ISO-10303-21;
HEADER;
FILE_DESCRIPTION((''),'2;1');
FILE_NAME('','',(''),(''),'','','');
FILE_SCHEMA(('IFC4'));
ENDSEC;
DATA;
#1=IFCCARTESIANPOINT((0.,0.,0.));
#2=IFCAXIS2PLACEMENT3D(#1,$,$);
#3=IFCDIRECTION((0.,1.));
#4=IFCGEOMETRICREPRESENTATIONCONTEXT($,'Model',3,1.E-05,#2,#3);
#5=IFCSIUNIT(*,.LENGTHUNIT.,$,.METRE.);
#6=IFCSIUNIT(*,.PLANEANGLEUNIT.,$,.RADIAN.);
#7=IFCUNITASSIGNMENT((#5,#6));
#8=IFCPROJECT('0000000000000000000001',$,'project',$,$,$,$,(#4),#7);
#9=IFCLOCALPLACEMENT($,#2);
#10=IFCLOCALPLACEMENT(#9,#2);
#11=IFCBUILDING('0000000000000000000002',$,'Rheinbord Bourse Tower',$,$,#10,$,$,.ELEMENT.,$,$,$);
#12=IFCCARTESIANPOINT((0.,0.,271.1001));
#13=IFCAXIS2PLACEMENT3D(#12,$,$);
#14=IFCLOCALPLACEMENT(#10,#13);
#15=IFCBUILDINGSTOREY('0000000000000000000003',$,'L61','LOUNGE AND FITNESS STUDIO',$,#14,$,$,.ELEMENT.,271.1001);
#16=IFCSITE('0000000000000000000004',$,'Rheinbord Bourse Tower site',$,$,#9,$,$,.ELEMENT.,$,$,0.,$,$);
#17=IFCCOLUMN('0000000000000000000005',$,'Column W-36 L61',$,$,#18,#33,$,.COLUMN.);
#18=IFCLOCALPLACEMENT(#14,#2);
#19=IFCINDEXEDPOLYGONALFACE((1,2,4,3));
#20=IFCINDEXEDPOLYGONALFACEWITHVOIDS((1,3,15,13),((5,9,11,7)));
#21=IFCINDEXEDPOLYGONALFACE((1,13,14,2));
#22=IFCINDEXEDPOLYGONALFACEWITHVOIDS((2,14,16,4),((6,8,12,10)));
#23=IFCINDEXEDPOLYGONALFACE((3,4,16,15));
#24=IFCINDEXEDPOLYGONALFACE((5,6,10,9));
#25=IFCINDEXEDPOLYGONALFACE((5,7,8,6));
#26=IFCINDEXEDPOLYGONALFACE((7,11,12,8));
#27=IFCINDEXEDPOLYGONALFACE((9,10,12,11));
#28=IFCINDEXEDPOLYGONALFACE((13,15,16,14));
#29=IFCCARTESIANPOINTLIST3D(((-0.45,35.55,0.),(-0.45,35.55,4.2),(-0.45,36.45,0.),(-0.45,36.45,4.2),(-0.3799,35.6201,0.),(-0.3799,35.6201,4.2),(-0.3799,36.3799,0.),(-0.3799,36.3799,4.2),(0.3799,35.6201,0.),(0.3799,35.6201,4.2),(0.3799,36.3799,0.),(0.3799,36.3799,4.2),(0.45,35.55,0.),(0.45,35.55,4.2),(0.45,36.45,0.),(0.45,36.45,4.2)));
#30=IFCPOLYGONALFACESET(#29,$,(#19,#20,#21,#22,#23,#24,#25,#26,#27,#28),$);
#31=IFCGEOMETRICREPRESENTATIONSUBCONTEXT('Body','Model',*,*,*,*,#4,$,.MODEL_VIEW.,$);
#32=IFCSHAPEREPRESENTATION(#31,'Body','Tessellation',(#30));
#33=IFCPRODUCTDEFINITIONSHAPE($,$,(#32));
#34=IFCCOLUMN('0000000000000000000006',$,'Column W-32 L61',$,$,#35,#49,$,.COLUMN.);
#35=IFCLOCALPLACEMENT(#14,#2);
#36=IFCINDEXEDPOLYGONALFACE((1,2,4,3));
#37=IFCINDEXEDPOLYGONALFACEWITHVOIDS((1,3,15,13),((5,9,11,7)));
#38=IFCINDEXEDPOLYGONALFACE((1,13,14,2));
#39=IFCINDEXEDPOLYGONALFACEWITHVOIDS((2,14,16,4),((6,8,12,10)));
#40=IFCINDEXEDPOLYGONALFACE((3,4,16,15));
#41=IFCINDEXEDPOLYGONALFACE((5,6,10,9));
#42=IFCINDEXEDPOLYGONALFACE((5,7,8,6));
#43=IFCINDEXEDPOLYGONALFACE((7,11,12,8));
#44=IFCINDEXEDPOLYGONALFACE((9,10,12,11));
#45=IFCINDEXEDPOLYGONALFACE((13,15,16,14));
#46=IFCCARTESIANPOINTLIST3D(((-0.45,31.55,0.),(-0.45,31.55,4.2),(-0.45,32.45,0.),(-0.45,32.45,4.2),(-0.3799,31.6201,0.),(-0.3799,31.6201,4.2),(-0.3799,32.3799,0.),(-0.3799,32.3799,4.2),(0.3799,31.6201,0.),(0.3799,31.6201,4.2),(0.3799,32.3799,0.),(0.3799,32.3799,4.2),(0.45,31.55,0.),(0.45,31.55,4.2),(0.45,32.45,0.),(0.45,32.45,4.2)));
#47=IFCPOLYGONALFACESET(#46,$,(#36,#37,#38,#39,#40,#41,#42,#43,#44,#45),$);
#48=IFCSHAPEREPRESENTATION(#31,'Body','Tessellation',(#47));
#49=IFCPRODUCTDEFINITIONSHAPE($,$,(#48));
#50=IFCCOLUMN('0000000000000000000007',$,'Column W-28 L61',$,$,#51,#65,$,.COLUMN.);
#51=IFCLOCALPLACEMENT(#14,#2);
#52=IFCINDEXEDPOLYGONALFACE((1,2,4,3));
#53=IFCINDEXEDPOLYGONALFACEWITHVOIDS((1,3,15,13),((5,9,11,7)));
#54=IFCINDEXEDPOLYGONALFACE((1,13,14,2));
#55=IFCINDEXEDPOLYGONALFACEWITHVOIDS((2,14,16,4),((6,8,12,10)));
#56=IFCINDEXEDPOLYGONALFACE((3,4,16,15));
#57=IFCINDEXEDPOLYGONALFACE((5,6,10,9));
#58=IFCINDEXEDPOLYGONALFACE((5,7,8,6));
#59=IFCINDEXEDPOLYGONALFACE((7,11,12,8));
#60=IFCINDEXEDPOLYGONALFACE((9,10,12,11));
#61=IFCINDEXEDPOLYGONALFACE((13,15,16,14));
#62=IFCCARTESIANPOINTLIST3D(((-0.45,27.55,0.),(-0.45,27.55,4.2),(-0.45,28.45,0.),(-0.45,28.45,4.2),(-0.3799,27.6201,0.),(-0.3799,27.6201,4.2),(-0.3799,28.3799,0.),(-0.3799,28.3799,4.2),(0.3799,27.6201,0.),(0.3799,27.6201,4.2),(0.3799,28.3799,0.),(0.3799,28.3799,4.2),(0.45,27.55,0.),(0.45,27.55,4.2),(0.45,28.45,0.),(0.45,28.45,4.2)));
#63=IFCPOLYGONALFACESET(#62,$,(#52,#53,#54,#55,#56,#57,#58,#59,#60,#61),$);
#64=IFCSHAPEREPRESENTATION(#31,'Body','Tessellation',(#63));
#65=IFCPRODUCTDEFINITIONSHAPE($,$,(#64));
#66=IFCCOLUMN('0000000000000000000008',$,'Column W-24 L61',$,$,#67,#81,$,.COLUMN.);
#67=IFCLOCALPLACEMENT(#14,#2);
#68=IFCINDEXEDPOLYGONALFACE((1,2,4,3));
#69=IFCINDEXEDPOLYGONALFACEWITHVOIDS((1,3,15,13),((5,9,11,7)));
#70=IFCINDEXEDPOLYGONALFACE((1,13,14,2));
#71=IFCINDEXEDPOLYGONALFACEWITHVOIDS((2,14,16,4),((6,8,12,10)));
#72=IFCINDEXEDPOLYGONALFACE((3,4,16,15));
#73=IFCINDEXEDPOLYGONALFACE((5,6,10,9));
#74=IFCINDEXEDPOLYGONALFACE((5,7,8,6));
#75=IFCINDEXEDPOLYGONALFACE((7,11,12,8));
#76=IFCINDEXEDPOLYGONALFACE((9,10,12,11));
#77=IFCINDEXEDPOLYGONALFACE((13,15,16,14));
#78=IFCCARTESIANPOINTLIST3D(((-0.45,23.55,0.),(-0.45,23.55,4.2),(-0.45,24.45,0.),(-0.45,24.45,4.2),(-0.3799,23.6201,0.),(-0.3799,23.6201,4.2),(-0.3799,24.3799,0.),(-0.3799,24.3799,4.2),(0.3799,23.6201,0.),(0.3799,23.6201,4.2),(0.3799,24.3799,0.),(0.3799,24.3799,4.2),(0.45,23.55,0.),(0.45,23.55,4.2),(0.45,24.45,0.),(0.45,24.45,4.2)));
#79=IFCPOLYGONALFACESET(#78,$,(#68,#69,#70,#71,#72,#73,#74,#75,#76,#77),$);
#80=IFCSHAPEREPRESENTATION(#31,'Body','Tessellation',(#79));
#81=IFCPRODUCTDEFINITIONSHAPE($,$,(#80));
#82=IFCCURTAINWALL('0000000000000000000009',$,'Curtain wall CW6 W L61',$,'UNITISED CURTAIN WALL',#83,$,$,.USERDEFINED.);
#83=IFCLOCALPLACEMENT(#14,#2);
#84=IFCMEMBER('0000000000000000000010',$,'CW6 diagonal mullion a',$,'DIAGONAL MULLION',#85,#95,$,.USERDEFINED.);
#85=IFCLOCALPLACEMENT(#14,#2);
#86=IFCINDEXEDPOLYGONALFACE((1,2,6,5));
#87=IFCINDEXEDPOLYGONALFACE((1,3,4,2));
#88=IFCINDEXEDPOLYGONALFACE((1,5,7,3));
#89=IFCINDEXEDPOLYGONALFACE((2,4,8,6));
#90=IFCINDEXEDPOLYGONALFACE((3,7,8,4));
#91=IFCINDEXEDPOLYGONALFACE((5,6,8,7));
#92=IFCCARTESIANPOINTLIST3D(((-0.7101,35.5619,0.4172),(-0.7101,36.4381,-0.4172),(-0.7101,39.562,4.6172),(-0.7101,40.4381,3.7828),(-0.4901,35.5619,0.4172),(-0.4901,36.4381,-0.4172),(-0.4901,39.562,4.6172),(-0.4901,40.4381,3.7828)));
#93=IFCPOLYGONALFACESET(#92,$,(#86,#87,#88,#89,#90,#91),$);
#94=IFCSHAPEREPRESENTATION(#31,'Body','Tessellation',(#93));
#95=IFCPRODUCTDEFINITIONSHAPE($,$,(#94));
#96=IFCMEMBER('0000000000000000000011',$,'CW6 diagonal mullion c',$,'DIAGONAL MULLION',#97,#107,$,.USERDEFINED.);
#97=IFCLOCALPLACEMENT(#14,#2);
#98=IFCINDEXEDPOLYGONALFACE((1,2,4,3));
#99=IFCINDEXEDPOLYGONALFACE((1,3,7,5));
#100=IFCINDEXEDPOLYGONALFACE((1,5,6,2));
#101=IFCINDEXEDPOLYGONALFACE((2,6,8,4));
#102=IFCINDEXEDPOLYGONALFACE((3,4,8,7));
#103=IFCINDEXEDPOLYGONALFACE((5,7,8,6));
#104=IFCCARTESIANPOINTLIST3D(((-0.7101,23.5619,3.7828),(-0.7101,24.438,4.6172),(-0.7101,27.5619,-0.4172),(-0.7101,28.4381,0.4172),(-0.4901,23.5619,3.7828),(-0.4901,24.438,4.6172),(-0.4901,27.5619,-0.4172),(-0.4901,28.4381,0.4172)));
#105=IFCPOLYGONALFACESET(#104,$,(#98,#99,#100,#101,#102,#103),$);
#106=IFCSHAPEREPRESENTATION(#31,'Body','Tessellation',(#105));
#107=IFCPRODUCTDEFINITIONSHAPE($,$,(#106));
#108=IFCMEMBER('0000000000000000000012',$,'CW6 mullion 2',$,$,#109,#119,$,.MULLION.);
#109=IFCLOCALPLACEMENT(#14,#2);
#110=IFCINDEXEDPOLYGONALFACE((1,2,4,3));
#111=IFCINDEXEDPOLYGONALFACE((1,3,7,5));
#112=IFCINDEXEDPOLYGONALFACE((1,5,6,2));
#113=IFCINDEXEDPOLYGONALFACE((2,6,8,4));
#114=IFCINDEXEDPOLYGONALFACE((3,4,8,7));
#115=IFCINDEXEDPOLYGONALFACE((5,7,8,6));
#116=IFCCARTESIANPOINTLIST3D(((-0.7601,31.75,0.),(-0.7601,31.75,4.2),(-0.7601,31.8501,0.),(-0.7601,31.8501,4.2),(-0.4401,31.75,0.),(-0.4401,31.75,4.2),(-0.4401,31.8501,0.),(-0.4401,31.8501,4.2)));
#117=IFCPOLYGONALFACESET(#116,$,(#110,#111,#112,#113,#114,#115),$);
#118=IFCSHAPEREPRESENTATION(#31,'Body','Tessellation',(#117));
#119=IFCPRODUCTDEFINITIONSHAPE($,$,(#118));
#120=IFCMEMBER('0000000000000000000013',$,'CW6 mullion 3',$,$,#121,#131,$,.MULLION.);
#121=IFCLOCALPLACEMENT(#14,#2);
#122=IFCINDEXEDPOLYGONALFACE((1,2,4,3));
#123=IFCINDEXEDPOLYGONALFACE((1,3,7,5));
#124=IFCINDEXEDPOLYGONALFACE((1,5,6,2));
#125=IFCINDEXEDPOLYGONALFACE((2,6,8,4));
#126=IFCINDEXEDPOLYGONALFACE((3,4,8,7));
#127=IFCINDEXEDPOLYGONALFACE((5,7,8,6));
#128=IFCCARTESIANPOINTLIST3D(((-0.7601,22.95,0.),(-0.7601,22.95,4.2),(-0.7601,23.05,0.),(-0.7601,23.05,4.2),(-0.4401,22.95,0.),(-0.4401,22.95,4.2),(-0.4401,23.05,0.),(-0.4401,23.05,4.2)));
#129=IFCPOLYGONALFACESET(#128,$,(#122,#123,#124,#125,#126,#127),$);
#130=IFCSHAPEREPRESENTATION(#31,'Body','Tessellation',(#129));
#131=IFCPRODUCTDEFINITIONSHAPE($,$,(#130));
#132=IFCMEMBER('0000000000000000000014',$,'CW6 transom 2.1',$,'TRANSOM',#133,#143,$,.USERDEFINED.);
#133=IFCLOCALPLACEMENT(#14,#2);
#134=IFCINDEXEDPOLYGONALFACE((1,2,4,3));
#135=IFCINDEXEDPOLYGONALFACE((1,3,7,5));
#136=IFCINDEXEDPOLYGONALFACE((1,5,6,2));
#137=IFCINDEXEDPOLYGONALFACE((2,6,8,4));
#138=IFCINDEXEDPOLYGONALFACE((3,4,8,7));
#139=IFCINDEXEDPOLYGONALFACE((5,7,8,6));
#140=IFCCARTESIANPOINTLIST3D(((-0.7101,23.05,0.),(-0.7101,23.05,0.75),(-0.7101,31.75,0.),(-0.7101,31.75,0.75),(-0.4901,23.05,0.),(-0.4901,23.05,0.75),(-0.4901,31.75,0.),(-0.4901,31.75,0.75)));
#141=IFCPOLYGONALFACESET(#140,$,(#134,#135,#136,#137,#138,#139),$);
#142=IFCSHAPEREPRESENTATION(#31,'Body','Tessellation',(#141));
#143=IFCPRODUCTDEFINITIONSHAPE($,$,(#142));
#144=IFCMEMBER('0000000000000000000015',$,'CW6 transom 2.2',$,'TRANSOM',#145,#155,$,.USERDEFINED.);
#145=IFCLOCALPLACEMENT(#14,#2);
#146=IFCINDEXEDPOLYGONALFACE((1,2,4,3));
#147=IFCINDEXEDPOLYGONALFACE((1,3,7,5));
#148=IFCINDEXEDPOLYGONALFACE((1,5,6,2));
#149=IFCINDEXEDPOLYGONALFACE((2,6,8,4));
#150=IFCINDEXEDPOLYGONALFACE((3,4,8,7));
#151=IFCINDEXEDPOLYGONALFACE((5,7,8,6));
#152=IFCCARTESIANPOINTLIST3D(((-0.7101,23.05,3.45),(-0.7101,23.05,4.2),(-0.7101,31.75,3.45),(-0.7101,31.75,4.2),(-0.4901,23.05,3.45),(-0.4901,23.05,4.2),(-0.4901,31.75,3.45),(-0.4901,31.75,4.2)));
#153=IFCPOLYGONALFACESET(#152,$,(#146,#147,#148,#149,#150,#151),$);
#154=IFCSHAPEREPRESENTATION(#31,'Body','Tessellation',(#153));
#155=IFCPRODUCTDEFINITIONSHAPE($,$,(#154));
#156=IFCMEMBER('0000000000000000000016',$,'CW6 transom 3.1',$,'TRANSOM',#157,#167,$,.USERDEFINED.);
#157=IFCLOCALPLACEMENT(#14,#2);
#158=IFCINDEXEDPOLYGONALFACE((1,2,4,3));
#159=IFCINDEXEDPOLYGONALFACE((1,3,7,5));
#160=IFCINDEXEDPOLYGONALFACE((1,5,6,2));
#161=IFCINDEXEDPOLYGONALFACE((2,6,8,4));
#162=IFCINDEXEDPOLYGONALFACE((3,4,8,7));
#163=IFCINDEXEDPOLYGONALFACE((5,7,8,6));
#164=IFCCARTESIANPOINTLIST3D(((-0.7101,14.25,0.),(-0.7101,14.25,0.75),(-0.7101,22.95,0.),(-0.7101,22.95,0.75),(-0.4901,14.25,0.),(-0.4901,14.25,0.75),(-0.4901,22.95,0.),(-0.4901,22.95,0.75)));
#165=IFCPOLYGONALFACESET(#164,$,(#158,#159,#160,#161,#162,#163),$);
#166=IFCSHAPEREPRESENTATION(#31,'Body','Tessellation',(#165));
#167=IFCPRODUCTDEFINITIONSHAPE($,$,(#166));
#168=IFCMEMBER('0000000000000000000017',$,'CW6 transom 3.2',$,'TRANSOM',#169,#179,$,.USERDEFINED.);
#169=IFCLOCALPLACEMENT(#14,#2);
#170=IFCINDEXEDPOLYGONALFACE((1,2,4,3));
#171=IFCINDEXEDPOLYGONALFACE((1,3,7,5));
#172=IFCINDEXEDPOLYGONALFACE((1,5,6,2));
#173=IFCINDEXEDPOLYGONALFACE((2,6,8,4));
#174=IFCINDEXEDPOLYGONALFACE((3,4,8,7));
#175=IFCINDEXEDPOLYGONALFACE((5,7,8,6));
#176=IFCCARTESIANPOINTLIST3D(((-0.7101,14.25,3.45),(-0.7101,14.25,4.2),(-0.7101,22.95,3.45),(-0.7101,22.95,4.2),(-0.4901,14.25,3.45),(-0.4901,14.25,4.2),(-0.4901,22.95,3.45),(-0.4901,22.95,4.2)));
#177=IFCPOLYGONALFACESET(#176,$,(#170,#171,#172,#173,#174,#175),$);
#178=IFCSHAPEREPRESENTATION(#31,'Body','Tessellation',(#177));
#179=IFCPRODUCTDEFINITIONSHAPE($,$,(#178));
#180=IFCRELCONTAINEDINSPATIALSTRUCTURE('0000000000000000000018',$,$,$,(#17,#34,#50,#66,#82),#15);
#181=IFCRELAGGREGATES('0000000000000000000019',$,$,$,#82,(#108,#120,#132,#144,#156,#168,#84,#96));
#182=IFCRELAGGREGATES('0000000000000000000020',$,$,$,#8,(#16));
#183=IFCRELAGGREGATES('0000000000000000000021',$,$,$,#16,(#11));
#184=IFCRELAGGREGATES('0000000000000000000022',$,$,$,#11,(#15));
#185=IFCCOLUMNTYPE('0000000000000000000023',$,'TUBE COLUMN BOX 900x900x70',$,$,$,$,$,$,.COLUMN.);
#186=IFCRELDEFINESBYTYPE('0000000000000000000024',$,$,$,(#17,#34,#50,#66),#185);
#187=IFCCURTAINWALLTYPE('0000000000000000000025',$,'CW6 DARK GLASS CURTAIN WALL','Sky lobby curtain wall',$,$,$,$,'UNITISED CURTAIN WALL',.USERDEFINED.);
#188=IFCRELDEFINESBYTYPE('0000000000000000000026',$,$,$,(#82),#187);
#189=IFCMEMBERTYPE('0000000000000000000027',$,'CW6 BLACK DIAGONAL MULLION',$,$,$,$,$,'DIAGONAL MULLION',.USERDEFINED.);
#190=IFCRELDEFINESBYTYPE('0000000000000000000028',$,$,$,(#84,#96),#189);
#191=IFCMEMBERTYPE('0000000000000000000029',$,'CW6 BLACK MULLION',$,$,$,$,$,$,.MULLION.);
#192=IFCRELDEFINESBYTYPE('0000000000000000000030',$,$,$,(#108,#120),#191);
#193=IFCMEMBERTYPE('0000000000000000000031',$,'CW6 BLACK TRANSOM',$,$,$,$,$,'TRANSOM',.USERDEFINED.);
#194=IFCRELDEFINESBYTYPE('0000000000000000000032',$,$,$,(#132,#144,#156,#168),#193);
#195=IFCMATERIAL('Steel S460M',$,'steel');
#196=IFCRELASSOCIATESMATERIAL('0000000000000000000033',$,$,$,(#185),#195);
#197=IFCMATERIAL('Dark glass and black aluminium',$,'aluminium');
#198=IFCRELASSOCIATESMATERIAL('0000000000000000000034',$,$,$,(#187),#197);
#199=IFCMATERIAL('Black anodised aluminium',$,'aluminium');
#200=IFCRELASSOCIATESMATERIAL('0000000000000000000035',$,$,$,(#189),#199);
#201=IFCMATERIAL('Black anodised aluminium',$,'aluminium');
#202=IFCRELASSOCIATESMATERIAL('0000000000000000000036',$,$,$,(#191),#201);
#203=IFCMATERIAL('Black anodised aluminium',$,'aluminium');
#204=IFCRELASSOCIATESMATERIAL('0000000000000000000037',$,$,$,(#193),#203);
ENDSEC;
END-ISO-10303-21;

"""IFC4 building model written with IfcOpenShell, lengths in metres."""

from ifc_helpers import new_model, si_unit, direction, frame, origin, origin_2d, place, context, subcontext, project, spatial, rectangle, hollow_rectangle, extrude, material, material_profile, profile_set, type_object, element, aggregate, save


model = new_model("IFC4")

# Units and contexts
model_context = context("Model", 3, precision=1e-05, world=origin(), true_north=direction((0.0, 1.0)))
body_context = subcontext(model_context, "Body", "Model", "MODEL_VIEW")
ifc_project = project(units=[si_unit("LENGTHUNIT", "METRE"), si_unit("PLANEANGLEUNIT", "RADIAN")], contexts=[model_context])

# Site, building, storey
site_placement = place(None, origin())
site = spatial("IfcSite", under=ifc_project, at=site_placement, Name="Rheinbord Bourse Tower site", CompositionType="ELEMENT", RefElevation=0.0)
building_placement = place(site_placement, origin())
building = spatial("IfcBuilding", under=site, at=building_placement, Name="Rheinbord Bourse Tower", CompositionType="ELEMENT")
storey_placement = place(building_placement, frame((0.0, 0.0, 271.1001)))
storey = spatial("IfcBuildingStorey", under=building, at=storey_placement, Name="L61", Description="LOUNGE AND FITNESS STUDIO", CompositionType="ELEMENT", Elevation=271.1001)

# Columns
ifc_material_1 = material(Name="Steel S460M", Category="steel")
ifc_material_profile_1 = material_profile(ifc_material_1, hollow_rectangle(XDim=0.8999, YDim=0.8999, WallThickness=0.0701, at=origin_2d()), Name="BOX 900x900x70")
ifc_profile_set_1 = profile_set([ifc_material_profile_1], Name="Steel S460M")
column_type = type_object("IfcColumnType", Name="TUBE COLUMN BOX 900x900x70", PredefinedType="COLUMN", material=ifc_profile_set_1)
for number, where, z_axis, x_axis, name in (
    (1, (0.0, 36.0, 0.0), (0.0, 0.0, 1.0), (1.0, 0.0, 0.0), "Column W-36 L61"),
    (2, (0.0, 32.0, 0.0), (0.0, 0.0, 1.0), (1.0, 0.0, 0.0), "Column W-32 L61"),
    (3, (0.0, 28.0, 0.0), (0.0, 0.0, 1.0), (1.0, 0.0, 0.0), "Column W-28 L61"),
    (4, (0.0, 24.0, 0.0), (0.0, 0.0, 1.0), (1.0, 0.0, 0.0), "Column W-24 L61"),
):
    element("IfcColumn", number, at=place(storey_placement, frame(where, z_axis=z_axis, x_axis=x_axis)), inside=storey, type_object=column_type, Name=name, PredefinedType="COLUMN", context=body_context, shape_type="SweptSolid", body=[
        extrude(hollow_rectangle(XDim=0.8999, YDim=0.8999, WallThickness=0.0701, at=origin_2d()), origin(), (0.0, 0.0, 1.0), 4.2),
    ])

# Curtain wall, members
ifc_material_2 = material(Name="Dark glass and black aluminium", Category="aluminium")
curtain_wall_type = type_object("IfcCurtainWallType", Name="CW6 DARK GLASS CURTAIN WALL", Description="Sky lobby curtain wall", ElementType="UNITISED CURTAIN WALL", PredefinedType="USERDEFINED", material=ifc_material_2)
curtain_wall_placement = place(storey_placement, origin())
curtain_wall = element("IfcCurtainWall", 5, at=curtain_wall_placement, inside=storey, type_object=curtain_wall_type, Name="Curtain wall CW6 W L61", ObjectType="UNITISED CURTAIN WALL", PredefinedType="USERDEFINED")
ifc_material_3 = material(Name="Black anodised aluminium", Category="aluminium")
ifc_material_profile_2 = material_profile(ifc_material_3, rectangle(XDim=0.22, YDim=1.21, at=origin_2d()), Name="CW6 DIAGONAL MULLION 1210x220")
ifc_profile_set_2 = profile_set([ifc_material_profile_2], Name="Black anodised aluminium")
member_type_1 = type_object("IfcMemberType", Name="CW6 BLACK DIAGONAL MULLION", ElementType="DIAGONAL MULLION", PredefinedType="USERDEFINED", material=ifc_profile_set_2)
member_1_placement = place(storey_placement, frame((-0.6001, 36.0, 0.0), z_axis=(0.0, 0.689659, 0.724134), x_axis=(-1.0, 0.0, 0.0)))
member_1 = element("IfcMember", 6, at=member_1_placement, type_object=member_type_1, Name="CW6 diagonal mullion a", ObjectType="DIAGONAL MULLION", PredefinedType="USERDEFINED", context=body_context, shape_type="SweptSolid", body=[
    extrude(rectangle(XDim=0.22, YDim=1.21, at=origin_2d()), origin(), (0.0, 0.0, 1.0), 5.8),
])
member_2_placement = place(storey_placement, frame((-0.6001, 28.0, 0.0), z_axis=(0.0, -0.689659, 0.724134), x_axis=(1.0, 0.0, 0.0)))
member_2 = element("IfcMember", 7, at=member_2_placement, type_object=member_type_1, Name="CW6 diagonal mullion c", ObjectType="DIAGONAL MULLION", PredefinedType="USERDEFINED", context=body_context, shape_type="SweptSolid", body=[
    extrude(rectangle(XDim=0.22, YDim=1.21, at=origin_2d()), origin(), (0.0, 0.0, 1.0), 5.8),
])
ifc_material_4 = material(Name="Black anodised aluminium", Category="aluminium")
ifc_material_profile_3 = material_profile(ifc_material_4, rectangle(XDim=0.3201, YDim=0.1001, at=origin_2d()), Name="CW6 MULLION 100x320")
ifc_profile_set_3 = profile_set([ifc_material_profile_3], Name="Black anodised aluminium")
member_type_2 = type_object("IfcMemberType", Name="CW6 BLACK MULLION", PredefinedType="MULLION", material=ifc_profile_set_3)
member_3_placement = place(storey_placement, frame((-0.6001, 31.8, 0.0), z_axis=(0.0, 0.0, 1.0), x_axis=(1.0, 0.0, 0.0)))
member_3 = element("IfcMember", 8, at=member_3_placement, type_object=member_type_2, Name="CW6 mullion 2", PredefinedType="MULLION", context=body_context, shape_type="SweptSolid", body=[
    extrude(rectangle(XDim=0.3201, YDim=0.1001, at=origin_2d()), origin(), (0.0, 0.0, 1.0), 4.2),
])
member_4_placement = place(storey_placement, frame((-0.6001, 23.0, 0.0), z_axis=(0.0, 0.0, 1.0), x_axis=(1.0, 0.0, 0.0)))
member_4 = element("IfcMember", 9, at=member_4_placement, type_object=member_type_2, Name="CW6 mullion 3", PredefinedType="MULLION", context=body_context, shape_type="SweptSolid", body=[
    extrude(rectangle(XDim=0.3201, YDim=0.1001, at=origin_2d()), origin(), (0.0, 0.0, 1.0), 4.2),
])
ifc_material_5 = material(Name="Black anodised aluminium", Category="aluminium")
ifc_material_profile_4 = material_profile(ifc_material_5, rectangle(XDim=0.22, YDim=0.75, at=origin_2d()), Name="CW6 TRANSOM 750x220")
ifc_profile_set_4 = profile_set([ifc_material_profile_4], Name="Black anodised aluminium")
member_type_3 = type_object("IfcMemberType", Name="CW6 BLACK TRANSOM", ElementType="TRANSOM", PredefinedType="USERDEFINED", material=ifc_profile_set_4)
member_5_placement = place(storey_placement, frame((-0.6001, 31.75, 0.375), z_axis=(0.0, -1.0, 0.0), x_axis=(1.0, 0.0, 0.0)))
member_5 = element("IfcMember", 10, at=member_5_placement, type_object=member_type_3, Name="CW6 transom 2.1", ObjectType="TRANSOM", PredefinedType="USERDEFINED", context=body_context, shape_type="SweptSolid", body=[
    extrude(rectangle(XDim=0.22, YDim=0.75, at=origin_2d()), origin(), (0.0, 0.0, 1.0), 8.7),
])
member_6_placement = place(storey_placement, frame((-0.6001, 31.75, 3.825), z_axis=(0.0, -1.0, 0.0), x_axis=(1.0, 0.0, 0.0)))
member_6 = element("IfcMember", 11, at=member_6_placement, type_object=member_type_3, Name="CW6 transom 2.2", ObjectType="TRANSOM", PredefinedType="USERDEFINED", context=body_context, shape_type="SweptSolid", body=[
    extrude(rectangle(XDim=0.22, YDim=0.75, at=origin_2d()), origin(), (0.0, 0.0, 1.0), 8.7),
])
member_7_placement = place(storey_placement, frame((-0.6001, 22.95, 0.375), z_axis=(0.0, -1.0, 0.0), x_axis=(1.0, 0.0, 0.0)))
member_7 = element("IfcMember", 12, at=member_7_placement, type_object=member_type_3, Name="CW6 transom 3.1", ObjectType="TRANSOM", PredefinedType="USERDEFINED", context=body_context, shape_type="SweptSolid", body=[
    extrude(rectangle(XDim=0.22, YDim=0.75, at=origin_2d()), origin(), (0.0, 0.0, 1.0), 8.7),
])
member_8_placement = place(storey_placement, frame((-0.6001, 22.95, 3.825), z_axis=(0.0, -1.0, 0.0), x_axis=(1.0, 0.0, 0.0)))
member_8 = element("IfcMember", 13, at=member_8_placement, type_object=member_type_3, Name="CW6 transom 3.2", ObjectType="TRANSOM", PredefinedType="USERDEFINED", context=body_context, shape_type="SweptSolid", body=[
    extrude(rectangle(XDim=0.22, YDim=0.75, at=origin_2d()), origin(), (0.0, 0.0, 1.0), 8.7),
])

aggregate(curtain_wall, [member_3, member_4, member_5, member_6, member_7, member_8, member_1, member_2])

save(model, "model.ifc")
